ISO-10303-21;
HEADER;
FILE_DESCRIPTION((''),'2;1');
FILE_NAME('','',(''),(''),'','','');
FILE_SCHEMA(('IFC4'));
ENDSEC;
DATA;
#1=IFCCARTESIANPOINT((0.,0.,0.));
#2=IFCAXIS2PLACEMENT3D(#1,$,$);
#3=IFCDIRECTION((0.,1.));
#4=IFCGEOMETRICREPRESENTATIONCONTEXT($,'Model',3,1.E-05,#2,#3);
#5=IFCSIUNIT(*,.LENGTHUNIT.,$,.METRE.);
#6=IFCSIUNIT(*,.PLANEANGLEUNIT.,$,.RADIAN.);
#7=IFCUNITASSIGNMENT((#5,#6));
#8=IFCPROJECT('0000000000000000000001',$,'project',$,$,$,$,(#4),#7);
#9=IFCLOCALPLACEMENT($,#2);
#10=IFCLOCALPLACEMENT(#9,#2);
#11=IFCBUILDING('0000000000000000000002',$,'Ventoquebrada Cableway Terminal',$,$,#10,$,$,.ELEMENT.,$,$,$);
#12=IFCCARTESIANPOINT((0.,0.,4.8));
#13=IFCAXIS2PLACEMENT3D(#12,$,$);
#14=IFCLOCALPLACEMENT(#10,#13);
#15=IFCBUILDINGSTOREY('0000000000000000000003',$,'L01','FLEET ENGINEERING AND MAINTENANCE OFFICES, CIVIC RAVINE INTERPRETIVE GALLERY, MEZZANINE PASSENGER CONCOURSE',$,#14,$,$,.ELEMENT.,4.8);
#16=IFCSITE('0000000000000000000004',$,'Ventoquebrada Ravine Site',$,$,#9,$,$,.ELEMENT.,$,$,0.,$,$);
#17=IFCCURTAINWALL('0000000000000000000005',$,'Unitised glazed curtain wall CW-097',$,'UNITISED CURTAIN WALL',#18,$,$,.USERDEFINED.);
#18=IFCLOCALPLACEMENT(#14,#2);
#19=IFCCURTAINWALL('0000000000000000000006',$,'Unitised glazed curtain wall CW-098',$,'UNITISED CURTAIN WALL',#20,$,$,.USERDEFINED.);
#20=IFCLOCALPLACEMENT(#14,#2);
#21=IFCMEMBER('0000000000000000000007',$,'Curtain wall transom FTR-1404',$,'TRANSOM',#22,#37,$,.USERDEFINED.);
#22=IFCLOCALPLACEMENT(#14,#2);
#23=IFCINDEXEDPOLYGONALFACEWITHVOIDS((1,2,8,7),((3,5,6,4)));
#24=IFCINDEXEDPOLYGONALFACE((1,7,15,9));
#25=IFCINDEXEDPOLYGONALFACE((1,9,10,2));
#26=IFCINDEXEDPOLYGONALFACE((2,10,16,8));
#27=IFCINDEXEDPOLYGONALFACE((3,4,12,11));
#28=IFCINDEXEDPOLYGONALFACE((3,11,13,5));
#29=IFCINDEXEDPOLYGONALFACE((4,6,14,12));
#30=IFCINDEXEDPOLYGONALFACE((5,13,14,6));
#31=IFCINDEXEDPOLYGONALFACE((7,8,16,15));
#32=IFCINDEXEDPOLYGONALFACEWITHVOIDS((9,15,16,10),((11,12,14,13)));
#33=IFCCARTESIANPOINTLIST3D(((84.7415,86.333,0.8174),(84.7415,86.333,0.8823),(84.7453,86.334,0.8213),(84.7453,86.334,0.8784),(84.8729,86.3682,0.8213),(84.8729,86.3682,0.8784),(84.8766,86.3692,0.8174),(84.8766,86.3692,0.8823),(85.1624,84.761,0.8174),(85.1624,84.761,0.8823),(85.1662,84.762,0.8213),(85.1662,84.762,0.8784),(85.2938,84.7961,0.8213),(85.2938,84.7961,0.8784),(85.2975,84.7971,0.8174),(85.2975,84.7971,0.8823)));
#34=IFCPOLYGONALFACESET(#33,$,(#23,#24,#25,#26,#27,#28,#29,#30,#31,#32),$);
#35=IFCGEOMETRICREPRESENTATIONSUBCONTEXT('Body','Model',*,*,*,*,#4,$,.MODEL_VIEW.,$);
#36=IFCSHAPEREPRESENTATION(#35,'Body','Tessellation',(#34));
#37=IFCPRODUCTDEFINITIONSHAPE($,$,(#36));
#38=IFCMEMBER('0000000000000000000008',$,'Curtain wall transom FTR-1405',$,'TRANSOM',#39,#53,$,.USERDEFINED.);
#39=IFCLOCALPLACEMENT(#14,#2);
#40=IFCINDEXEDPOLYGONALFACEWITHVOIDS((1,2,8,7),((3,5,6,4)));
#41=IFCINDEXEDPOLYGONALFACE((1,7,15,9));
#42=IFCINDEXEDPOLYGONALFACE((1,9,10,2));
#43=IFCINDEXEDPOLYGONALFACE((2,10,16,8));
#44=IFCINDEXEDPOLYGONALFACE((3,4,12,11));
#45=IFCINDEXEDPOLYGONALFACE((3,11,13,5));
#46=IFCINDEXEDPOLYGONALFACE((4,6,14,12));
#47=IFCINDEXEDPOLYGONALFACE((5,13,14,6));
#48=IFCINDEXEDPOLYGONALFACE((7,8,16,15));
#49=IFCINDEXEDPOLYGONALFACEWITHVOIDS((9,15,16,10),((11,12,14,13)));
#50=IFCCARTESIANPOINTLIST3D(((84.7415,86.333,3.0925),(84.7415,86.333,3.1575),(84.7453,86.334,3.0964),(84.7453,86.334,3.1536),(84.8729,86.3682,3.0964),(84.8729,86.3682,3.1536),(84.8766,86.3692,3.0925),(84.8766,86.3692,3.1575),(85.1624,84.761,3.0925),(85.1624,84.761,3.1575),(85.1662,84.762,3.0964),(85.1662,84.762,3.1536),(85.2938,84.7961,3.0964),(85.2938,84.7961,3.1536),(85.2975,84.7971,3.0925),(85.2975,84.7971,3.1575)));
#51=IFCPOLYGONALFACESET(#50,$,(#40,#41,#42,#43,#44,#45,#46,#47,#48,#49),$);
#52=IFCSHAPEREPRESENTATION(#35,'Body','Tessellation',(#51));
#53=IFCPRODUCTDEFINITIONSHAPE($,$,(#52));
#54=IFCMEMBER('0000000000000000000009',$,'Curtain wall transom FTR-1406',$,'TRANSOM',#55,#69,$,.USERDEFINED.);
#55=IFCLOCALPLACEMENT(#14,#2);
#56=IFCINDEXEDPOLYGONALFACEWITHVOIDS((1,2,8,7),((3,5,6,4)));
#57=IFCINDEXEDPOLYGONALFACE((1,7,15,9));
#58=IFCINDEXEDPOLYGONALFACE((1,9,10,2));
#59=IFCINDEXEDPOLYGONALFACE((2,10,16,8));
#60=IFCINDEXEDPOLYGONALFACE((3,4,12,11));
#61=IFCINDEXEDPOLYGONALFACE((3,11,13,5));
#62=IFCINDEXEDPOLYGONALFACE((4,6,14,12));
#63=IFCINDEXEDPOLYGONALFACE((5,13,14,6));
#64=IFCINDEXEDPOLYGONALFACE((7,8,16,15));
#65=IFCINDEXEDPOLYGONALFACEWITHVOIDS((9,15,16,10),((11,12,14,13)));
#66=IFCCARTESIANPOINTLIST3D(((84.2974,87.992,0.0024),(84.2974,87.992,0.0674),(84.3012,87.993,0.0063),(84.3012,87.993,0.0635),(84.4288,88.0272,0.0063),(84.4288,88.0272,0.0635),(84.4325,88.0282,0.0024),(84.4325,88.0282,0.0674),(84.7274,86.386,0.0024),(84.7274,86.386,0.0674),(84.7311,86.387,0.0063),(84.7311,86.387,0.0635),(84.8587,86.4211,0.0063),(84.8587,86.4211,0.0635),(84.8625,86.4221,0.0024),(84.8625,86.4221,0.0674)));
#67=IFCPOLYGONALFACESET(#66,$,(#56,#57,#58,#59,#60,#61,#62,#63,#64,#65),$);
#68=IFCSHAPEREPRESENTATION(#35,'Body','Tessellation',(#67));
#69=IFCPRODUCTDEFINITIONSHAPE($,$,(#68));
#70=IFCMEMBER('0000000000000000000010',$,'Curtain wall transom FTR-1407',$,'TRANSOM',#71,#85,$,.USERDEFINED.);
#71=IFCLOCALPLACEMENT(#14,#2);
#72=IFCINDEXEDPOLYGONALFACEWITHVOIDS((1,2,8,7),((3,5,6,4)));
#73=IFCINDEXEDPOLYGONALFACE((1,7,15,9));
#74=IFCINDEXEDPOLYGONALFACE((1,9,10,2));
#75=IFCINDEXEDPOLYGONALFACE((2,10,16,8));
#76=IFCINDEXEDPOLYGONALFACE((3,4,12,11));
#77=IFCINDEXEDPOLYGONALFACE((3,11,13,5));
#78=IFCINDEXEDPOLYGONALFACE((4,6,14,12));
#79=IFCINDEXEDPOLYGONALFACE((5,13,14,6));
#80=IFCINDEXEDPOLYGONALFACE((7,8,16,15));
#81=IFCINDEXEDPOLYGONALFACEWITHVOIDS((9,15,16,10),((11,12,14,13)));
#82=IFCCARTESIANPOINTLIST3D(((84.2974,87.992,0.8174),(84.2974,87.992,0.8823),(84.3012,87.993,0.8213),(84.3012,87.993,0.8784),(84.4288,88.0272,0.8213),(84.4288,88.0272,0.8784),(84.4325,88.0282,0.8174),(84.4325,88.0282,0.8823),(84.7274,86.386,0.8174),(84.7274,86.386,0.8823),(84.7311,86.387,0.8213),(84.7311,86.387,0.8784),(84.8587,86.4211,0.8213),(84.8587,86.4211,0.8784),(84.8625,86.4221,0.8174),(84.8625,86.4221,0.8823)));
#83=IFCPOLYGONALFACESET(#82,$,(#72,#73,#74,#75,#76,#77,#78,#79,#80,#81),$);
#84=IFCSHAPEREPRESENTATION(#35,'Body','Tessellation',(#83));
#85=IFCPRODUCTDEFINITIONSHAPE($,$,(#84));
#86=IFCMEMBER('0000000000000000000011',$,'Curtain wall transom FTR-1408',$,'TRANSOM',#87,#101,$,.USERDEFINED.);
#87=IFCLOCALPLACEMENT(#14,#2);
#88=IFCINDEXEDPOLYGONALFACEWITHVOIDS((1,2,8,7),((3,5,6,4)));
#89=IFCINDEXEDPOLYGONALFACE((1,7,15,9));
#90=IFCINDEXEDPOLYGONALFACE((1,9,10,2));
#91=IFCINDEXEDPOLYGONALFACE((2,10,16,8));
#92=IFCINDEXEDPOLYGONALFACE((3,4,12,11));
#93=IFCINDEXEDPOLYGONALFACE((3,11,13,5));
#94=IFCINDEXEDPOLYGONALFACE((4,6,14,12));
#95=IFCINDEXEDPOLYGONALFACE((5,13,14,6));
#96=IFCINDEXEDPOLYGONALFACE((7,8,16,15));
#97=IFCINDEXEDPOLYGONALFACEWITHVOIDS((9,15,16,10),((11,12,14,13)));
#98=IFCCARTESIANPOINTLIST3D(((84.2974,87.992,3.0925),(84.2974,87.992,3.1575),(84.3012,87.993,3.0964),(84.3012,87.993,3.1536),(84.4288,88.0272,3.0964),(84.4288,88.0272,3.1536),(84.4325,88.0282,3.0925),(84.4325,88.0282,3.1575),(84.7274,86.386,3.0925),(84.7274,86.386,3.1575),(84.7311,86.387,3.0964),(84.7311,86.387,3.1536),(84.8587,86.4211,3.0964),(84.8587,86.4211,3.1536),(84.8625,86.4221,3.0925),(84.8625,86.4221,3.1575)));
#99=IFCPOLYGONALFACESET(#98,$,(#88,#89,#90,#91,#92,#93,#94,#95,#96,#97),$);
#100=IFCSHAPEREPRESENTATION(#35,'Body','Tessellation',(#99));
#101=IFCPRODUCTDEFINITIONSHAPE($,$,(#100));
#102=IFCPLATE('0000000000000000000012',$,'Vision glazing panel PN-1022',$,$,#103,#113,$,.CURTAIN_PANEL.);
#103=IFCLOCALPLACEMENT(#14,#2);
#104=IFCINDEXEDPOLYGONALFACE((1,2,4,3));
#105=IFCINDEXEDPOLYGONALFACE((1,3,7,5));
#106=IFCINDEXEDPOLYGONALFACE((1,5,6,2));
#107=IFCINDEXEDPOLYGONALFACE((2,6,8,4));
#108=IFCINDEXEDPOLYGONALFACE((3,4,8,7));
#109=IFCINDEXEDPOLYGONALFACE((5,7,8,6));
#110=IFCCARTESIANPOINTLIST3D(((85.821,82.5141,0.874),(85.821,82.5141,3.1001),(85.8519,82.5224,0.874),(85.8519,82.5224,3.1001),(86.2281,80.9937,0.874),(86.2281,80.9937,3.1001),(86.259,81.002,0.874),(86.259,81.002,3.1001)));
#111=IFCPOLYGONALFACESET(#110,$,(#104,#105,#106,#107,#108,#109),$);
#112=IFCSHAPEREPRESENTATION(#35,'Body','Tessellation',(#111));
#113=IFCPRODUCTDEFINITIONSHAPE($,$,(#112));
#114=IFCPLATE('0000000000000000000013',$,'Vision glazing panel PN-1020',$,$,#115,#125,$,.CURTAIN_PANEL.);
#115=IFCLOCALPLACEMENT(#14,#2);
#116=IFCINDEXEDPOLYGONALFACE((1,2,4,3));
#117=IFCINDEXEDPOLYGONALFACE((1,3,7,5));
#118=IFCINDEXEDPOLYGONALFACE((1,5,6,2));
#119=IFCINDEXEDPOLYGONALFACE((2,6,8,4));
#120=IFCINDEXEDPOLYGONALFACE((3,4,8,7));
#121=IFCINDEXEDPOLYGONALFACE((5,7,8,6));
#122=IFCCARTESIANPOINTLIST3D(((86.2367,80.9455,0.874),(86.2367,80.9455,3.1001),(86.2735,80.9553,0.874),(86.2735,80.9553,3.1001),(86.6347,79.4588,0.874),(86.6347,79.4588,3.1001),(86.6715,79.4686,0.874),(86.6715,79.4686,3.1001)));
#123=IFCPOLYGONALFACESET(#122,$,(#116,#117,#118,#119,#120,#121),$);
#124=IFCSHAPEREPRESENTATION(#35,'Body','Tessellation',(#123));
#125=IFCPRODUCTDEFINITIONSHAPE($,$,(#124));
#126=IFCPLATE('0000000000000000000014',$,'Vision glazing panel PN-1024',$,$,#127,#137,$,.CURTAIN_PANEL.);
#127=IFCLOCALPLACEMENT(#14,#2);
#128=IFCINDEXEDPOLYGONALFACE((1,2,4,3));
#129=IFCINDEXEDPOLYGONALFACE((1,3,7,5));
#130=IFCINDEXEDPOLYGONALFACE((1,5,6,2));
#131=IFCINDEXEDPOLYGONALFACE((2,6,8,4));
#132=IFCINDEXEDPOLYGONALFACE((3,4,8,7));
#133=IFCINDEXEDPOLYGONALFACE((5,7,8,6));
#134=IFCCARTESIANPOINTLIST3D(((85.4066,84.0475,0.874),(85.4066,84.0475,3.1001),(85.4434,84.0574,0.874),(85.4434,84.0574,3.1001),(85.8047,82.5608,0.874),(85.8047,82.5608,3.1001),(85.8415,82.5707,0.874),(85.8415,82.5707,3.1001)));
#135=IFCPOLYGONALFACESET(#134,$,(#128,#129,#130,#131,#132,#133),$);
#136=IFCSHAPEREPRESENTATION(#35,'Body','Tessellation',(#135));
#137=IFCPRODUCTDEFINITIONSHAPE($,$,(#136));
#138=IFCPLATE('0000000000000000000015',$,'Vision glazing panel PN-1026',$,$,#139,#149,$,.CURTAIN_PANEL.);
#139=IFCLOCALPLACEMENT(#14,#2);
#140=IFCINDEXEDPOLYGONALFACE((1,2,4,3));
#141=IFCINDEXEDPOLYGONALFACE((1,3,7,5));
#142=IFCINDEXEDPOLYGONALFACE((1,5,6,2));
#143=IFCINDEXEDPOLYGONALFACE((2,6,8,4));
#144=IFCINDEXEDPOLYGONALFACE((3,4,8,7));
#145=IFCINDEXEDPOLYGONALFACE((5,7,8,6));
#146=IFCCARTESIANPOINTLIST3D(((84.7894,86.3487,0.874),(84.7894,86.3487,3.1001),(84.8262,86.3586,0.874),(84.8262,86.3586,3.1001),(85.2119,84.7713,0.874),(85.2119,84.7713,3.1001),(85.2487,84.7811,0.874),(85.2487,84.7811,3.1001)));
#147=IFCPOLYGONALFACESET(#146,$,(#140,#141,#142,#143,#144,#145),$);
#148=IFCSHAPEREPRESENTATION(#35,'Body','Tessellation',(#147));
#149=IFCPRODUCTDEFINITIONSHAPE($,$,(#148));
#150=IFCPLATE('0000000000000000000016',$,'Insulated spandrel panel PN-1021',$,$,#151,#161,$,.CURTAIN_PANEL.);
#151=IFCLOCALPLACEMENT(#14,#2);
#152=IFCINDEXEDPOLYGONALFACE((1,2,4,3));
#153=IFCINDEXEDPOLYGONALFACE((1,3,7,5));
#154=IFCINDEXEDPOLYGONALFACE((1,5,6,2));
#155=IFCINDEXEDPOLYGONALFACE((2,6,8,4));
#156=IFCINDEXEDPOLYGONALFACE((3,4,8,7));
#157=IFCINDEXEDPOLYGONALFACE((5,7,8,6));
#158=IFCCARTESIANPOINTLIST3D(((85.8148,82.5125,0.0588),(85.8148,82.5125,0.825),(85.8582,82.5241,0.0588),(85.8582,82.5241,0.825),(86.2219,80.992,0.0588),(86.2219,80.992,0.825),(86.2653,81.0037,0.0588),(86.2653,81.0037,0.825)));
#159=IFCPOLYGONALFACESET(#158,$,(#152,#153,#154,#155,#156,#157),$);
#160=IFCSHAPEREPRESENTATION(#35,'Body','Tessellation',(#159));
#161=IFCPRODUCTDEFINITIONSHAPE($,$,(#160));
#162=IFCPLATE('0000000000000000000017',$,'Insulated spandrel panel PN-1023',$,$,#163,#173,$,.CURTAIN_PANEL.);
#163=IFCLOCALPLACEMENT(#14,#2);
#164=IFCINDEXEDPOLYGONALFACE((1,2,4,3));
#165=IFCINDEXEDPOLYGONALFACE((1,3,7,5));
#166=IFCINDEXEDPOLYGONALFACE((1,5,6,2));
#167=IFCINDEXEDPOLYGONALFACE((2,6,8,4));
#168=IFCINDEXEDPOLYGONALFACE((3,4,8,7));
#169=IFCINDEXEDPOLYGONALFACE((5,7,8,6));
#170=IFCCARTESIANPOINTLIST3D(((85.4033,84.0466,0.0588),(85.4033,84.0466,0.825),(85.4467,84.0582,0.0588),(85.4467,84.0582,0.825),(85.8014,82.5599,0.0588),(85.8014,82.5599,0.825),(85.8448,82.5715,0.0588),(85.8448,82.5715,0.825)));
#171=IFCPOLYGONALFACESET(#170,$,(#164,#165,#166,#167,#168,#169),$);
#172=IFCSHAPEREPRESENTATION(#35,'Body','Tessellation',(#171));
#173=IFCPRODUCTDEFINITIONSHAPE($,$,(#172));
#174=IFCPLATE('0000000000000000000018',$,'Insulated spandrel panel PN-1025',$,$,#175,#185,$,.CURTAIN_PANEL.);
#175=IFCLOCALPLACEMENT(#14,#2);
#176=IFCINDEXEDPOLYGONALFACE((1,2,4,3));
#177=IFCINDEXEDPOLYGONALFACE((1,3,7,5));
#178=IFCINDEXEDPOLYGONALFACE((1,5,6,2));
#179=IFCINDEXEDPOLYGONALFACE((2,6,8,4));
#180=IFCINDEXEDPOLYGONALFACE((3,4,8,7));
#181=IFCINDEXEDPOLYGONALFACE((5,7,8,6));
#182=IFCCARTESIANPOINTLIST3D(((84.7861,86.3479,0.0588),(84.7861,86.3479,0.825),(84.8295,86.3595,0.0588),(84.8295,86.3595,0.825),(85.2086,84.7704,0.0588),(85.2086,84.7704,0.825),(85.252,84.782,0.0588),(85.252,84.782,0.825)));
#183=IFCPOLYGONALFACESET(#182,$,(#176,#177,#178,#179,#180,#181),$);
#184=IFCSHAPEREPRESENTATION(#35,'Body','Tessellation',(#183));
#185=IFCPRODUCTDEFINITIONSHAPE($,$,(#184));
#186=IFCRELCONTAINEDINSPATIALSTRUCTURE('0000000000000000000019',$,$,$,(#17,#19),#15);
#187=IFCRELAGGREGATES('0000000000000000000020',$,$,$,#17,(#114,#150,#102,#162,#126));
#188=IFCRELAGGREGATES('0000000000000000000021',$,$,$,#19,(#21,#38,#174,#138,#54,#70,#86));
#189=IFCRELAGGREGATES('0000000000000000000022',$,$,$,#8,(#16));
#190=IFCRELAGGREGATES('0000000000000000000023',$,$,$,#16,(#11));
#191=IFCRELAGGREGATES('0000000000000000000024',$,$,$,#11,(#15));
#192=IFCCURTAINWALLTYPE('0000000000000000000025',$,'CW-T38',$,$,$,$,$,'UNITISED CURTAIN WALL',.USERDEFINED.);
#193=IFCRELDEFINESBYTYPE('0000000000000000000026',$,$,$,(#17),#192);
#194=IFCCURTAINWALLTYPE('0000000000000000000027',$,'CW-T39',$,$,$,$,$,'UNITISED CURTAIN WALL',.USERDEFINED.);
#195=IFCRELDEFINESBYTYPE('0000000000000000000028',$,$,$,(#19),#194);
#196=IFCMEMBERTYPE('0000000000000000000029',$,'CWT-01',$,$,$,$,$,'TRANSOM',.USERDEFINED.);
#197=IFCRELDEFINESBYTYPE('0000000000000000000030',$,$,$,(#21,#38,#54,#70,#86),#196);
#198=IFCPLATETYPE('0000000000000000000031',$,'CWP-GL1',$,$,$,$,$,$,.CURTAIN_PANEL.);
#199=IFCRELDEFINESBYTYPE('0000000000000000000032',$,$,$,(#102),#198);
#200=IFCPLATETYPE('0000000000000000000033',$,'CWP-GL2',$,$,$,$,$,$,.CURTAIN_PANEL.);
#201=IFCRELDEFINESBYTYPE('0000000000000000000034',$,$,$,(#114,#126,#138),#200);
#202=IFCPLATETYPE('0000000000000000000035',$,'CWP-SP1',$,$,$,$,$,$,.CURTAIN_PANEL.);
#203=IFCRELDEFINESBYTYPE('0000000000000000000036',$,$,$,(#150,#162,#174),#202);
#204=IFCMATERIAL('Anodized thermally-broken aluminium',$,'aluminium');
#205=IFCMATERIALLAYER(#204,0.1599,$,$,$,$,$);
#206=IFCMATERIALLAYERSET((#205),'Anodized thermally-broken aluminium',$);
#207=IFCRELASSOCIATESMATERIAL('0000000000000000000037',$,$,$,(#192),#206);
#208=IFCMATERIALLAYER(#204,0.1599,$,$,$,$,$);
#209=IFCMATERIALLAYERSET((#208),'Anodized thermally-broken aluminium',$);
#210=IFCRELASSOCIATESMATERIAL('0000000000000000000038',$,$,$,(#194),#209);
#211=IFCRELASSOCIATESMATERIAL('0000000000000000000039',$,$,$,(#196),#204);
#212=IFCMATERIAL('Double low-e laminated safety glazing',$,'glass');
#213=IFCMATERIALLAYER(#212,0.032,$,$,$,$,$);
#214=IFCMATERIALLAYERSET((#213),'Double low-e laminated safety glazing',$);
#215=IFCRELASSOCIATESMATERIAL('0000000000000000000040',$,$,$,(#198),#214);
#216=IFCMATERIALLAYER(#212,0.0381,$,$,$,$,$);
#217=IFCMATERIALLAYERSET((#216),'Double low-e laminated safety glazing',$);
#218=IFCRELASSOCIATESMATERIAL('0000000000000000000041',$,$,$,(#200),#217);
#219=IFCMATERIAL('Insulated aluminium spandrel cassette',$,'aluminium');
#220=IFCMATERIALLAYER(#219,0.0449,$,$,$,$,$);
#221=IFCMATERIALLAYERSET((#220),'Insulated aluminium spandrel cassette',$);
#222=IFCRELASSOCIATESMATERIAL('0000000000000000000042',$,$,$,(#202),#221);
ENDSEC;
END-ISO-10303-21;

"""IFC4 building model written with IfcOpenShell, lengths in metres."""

from ifc_helpers import new_model, si_unit, direction, frame, origin, origin_2d, place, context, subcontext, project, spatial, rectangle, hollow_rectangle, extrude, material, layer, layer_set, material_profile, profile_set, type_object, element, aggregate, save


model = new_model("IFC4")

# Units and contexts
model_context = context("Model", 3, precision=1e-05, world=origin(), true_north=direction((0.0, 1.0)))
body_context = subcontext(model_context, "Body", "Model", "MODEL_VIEW")
ifc_project = project(units=[si_unit("LENGTHUNIT", "METRE"), si_unit("PLANEANGLEUNIT", "RADIAN")], contexts=[model_context])

# Site, building, storey
site_placement = place(None, origin())
site = spatial("IfcSite", under=ifc_project, at=site_placement, Name="Ventoquebrada Ravine Site", CompositionType="ELEMENT", RefElevation=0.0)
building_placement = place(site_placement, origin())
building = spatial("IfcBuilding", under=site, at=building_placement, Name="Ventoquebrada Cableway Terminal", CompositionType="ELEMENT")
storey_placement = place(building_placement, frame((0.0, 0.0, 4.8)))
storey = spatial("IfcBuildingStorey", under=building, at=storey_placement, Name="L01", Description="FLEET ENGINEERING AND MAINTENANCE OFFICES, CIVIC RAVINE INTERPRETIVE GALLERY, MEZZANINE PASSENGER CONCOURSE", CompositionType="ELEMENT", Elevation=4.8)

# Curtain walls
ifc_material_1 = material(Name="Anodized thermally-broken aluminium", Category="aluminium")
ifc_layer_1 = layer(ifc_material_1, 0.1599)
ifc_layer_set_1 = layer_set([ifc_layer_1], Name="Anodized thermally-broken aluminium")
curtain_wall_type_1 = type_object("IfcCurtainWallType", Name="CW-T38", ElementType="UNITISED CURTAIN WALL", PredefinedType="USERDEFINED", material=ifc_layer_set_1)
curtain_wall_1_placement = place(storey_placement, origin())
curtain_wall_1 = element("IfcCurtainWall", 1, at=curtain_wall_1_placement, inside=storey, type_object=curtain_wall_type_1, Name="Unitised glazed curtain wall CW-097", ObjectType="UNITISED CURTAIN WALL", PredefinedType="USERDEFINED")
ifc_layer_2 = layer(ifc_material_1, 0.1599)
ifc_layer_set_2 = layer_set([ifc_layer_2], Name="Anodized thermally-broken aluminium")
curtain_wall_type_2 = type_object("IfcCurtainWallType", Name="CW-T39", ElementType="UNITISED CURTAIN WALL", PredefinedType="USERDEFINED", material=ifc_layer_set_2)
curtain_wall_2_placement = place(storey_placement, origin())
curtain_wall_2 = element("IfcCurtainWall", 2, at=curtain_wall_2_placement, inside=storey, type_object=curtain_wall_type_2, Name="Unitised glazed curtain wall CW-098", ObjectType="UNITISED CURTAIN WALL", PredefinedType="USERDEFINED")

# Members
ifc_material_profile_1 = material_profile(ifc_material_1, hollow_rectangle(XDim=0.0649, YDim=0.1399, WallThickness=0.0039, at=origin_2d()), Name="CW-TRN-65X140")
ifc_profile_set_1 = profile_set([ifc_material_profile_1], Name="Anodized thermally-broken aluminium")
member_type_1 = type_object("IfcMemberType", Name="CWT-01", ElementType="TRANSOM", PredefinedType="USERDEFINED", material=ifc_profile_set_1)
member_1_placement = place(storey_placement, frame((85.23, 84.7791, 0.8499), z_axis=(-0.258634, 0.965975, 0.0), x_axis=(0.0, 0.0, 1.0)))
member_1 = element("IfcMember", 3, at=member_1_placement, type_object=member_type_1, Name="Curtain wall transom FTR-1404", ObjectType="TRANSOM", PredefinedType="USERDEFINED", context=body_context, shape_type="SweptSolid", body=[
    extrude(hollow_rectangle(XDim=0.0649, YDim=0.1399, WallThickness=0.0039, at=origin_2d()), origin(), (0.0, 0.0, 1.0), 1.6274),
])
member_2_placement = place(storey_placement, frame((85.23, 84.7791, 3.125), z_axis=(-0.258634, 0.965975, 0.0), x_axis=(0.0, 0.0, 1.0)))
member_2 = element("IfcMember", 4, at=member_2_placement, type_object=member_type_1, Name="Curtain wall transom FTR-1405", ObjectType="TRANSOM", PredefinedType="USERDEFINED", context=body_context, shape_type="SweptSolid", body=[
    extrude(hollow_rectangle(XDim=0.0649, YDim=0.1399, WallThickness=0.0039, at=origin_2d()), origin(), (0.0, 0.0, 1.0), 1.6274),
])
member_3_placement = place(storey_placement, frame((84.7949, 86.4041, 0.0349), z_axis=(-0.258604, 0.965983, 0.0), x_axis=(0.0, 0.0, 1.0)))
member_3 = element("IfcMember", 5, at=member_3_placement, type_object=member_type_1, Name="Curtain wall transom FTR-1406", ObjectType="TRANSOM", PredefinedType="USERDEFINED", context=body_context, shape_type="SweptSolid", body=[
    extrude(hollow_rectangle(XDim=0.0649, YDim=0.1399, WallThickness=0.0039, at=origin_2d()), origin(), (0.0, 0.0, 1.0), 1.6626),
])
member_4_placement = place(storey_placement, frame((84.7949, 86.4041, 0.8499), z_axis=(-0.258604, 0.965983, 0.0), x_axis=(0.0, 0.0, 1.0)))
member_4 = element("IfcMember", 6, at=member_4_placement, type_object=member_type_1, Name="Curtain wall transom FTR-1407", ObjectType="TRANSOM", PredefinedType="USERDEFINED", context=body_context, shape_type="SweptSolid", body=[
    extrude(hollow_rectangle(XDim=0.0649, YDim=0.1399, WallThickness=0.0039, at=origin_2d()), origin(), (0.0, 0.0, 1.0), 1.6626),
])
member_5_placement = place(storey_placement, frame((84.7949, 86.4041, 3.125), z_axis=(-0.258604, 0.965983, 0.0), x_axis=(0.0, 0.0, 1.0)))
member_5 = element("IfcMember", 7, at=member_5_placement, type_object=member_type_1, Name="Curtain wall transom FTR-1408", ObjectType="TRANSOM", PredefinedType="USERDEFINED", context=body_context, shape_type="SweptSolid", body=[
    extrude(hollow_rectangle(XDim=0.0649, YDim=0.1399, WallThickness=0.0039, at=origin_2d()), origin(), (0.0, 0.0, 1.0), 1.6626),
])

# Plates
ifc_material_2 = material(Name="Double low-e laminated safety glazing", Category="glass")
ifc_layer_3 = layer(ifc_material_2, 0.032)
ifc_layer_set_3 = layer_set([ifc_layer_3], Name="Double low-e laminated safety glazing")
plate_type_1 = type_object("IfcPlateType", Name="CWP-GL1", PredefinedType="CURTAIN_PANEL", material=ifc_layer_set_3)
plate_1_placement = place(storey_placement, frame((86.04, 81.7581, 0.874), z_axis=(0.0, 0.0, 1.0), x_axis=(-0.25865, 0.965971, 0.0)))
plate_1 = element("IfcPlate", 8, at=plate_1_placement, type_object=plate_type_1, Name="Vision glazing panel PN-1022", PredefinedType="CURTAIN_PANEL", context=body_context, shape_type="SweptSolid", body=[
    extrude(rectangle(XDim=1.574, YDim=0.032, at=origin_2d()), origin(), (0.0, 0.0, 1.0), 2.2261),
])
ifc_layer_4 = layer(ifc_material_2, 0.0381)
ifc_layer_set_4 = layer_set([ifc_layer_4], Name="Double low-e laminated safety glazing")
plate_type_2 = type_object("IfcPlateType", Name="CWP-GL2", PredefinedType="CURTAIN_PANEL", material=ifc_layer_set_4)
plate_2_placement = place(storey_placement, frame((86.4541, 80.207, 0.874), z_axis=(0.0, 0.0, 1.0), x_axis=(-0.25865, 0.965971, 0.0)))
plate_2 = element("IfcPlate", 9, at=plate_2_placement, type_object=plate_type_2, Name="Vision glazing panel PN-1020", PredefinedType="CURTAIN_PANEL", context=body_context, shape_type="SweptSolid", body=[
    extrude(rectangle(XDim=1.5391, YDim=0.0381, at=origin_2d()), origin(), (0.0, 0.0, 1.0), 2.2261),
])
plate_3_placement = place(storey_placement, frame((85.624, 83.3091, 0.874), z_axis=(0.0, 0.0, 1.0), x_axis=(-0.25865, 0.965971, 0.0)))
plate_3 = element("IfcPlate", 10, at=plate_3_placement, type_object=plate_type_2, Name="Vision glazing panel PN-1024", PredefinedType="CURTAIN_PANEL", context=body_context, shape_type="SweptSolid", body=[
    extrude(rectangle(XDim=1.5391, YDim=0.0381, at=origin_2d()), origin(), (0.0, 0.0, 1.0), 2.2261),
])
plate_4_placement = place(storey_placement, frame((85.019, 85.5649, 0.874), z_axis=(0.0, 0.0, 1.0), x_axis=(-0.258701, 0.965957, 0.0)))
plate_4 = element("IfcPlate", 11, at=plate_4_placement, type_object=plate_type_2, Name="Vision glazing panel PN-1026", PredefinedType="CURTAIN_PANEL", context=body_context, shape_type="SweptSolid", body=[
    extrude(rectangle(XDim=1.6331, YDim=0.0381, at=origin_2d()), origin(), (0.0, 0.0, 1.0), 2.2261),
])
ifc_material_3 = material(Name="Insulated aluminium spandrel cassette", Category="aluminium")
ifc_layer_5 = layer(ifc_material_3, 0.0449)
ifc_layer_set_5 = layer_set([ifc_layer_5], Name="Insulated aluminium spandrel cassette")
plate_type_3 = type_object("IfcPlateType", Name="CWP-SP1", PredefinedType="CURTAIN_PANEL", material=ifc_layer_set_5)
plate_5_placement = place(storey_placement, frame((86.04, 81.7581, 0.0588), z_axis=(0.0, 0.0, 1.0), x_axis=(-0.25865, 0.965971, 0.0)))
plate_5 = element("IfcPlate", 12, at=plate_5_placement, type_object=plate_type_3, Name="Insulated spandrel panel PN-1021", PredefinedType="CURTAIN_PANEL", context=body_context, shape_type="SweptSolid", body=[
    extrude(rectangle(XDim=1.574, YDim=0.0449, at=origin_2d()), origin(), (0.0, 0.0, 1.0), 0.7661),
])
plate_6_placement = place(storey_placement, frame((85.624, 83.3091, 0.0588), z_axis=(0.0, 0.0, 1.0), x_axis=(-0.25865, 0.965971, 0.0)))
plate_6 = element("IfcPlate", 13, at=plate_6_placement, type_object=plate_type_3, Name="Insulated spandrel panel PN-1023", PredefinedType="CURTAIN_PANEL", context=body_context, shape_type="SweptSolid", body=[
    extrude(rectangle(XDim=1.5391, YDim=0.0449, at=origin_2d()), origin(), (0.0, 0.0, 1.0), 0.7661),
])
aggregate(curtain_wall_1, [plate_2, plate_5, plate_1, plate_6, plate_3])
plate_7_placement = place(storey_placement, frame((85.019, 85.5649, 0.0588), z_axis=(0.0, 0.0, 1.0), x_axis=(-0.258701, 0.965957, 0.0)))
plate_7 = element("IfcPlate", 14, at=plate_7_placement, type_object=plate_type_3, Name="Insulated spandrel panel PN-1025", PredefinedType="CURTAIN_PANEL", context=body_context, shape_type="SweptSolid", body=[
    extrude(rectangle(XDim=1.6331, YDim=0.0449, at=origin_2d()), origin(), (0.0, 0.0, 1.0), 0.7661),
])
aggregate(curtain_wall_2, [member_1, member_2, plate_7, plate_4, member_3, member_4, member_5])

save(model, "model.ifc")
